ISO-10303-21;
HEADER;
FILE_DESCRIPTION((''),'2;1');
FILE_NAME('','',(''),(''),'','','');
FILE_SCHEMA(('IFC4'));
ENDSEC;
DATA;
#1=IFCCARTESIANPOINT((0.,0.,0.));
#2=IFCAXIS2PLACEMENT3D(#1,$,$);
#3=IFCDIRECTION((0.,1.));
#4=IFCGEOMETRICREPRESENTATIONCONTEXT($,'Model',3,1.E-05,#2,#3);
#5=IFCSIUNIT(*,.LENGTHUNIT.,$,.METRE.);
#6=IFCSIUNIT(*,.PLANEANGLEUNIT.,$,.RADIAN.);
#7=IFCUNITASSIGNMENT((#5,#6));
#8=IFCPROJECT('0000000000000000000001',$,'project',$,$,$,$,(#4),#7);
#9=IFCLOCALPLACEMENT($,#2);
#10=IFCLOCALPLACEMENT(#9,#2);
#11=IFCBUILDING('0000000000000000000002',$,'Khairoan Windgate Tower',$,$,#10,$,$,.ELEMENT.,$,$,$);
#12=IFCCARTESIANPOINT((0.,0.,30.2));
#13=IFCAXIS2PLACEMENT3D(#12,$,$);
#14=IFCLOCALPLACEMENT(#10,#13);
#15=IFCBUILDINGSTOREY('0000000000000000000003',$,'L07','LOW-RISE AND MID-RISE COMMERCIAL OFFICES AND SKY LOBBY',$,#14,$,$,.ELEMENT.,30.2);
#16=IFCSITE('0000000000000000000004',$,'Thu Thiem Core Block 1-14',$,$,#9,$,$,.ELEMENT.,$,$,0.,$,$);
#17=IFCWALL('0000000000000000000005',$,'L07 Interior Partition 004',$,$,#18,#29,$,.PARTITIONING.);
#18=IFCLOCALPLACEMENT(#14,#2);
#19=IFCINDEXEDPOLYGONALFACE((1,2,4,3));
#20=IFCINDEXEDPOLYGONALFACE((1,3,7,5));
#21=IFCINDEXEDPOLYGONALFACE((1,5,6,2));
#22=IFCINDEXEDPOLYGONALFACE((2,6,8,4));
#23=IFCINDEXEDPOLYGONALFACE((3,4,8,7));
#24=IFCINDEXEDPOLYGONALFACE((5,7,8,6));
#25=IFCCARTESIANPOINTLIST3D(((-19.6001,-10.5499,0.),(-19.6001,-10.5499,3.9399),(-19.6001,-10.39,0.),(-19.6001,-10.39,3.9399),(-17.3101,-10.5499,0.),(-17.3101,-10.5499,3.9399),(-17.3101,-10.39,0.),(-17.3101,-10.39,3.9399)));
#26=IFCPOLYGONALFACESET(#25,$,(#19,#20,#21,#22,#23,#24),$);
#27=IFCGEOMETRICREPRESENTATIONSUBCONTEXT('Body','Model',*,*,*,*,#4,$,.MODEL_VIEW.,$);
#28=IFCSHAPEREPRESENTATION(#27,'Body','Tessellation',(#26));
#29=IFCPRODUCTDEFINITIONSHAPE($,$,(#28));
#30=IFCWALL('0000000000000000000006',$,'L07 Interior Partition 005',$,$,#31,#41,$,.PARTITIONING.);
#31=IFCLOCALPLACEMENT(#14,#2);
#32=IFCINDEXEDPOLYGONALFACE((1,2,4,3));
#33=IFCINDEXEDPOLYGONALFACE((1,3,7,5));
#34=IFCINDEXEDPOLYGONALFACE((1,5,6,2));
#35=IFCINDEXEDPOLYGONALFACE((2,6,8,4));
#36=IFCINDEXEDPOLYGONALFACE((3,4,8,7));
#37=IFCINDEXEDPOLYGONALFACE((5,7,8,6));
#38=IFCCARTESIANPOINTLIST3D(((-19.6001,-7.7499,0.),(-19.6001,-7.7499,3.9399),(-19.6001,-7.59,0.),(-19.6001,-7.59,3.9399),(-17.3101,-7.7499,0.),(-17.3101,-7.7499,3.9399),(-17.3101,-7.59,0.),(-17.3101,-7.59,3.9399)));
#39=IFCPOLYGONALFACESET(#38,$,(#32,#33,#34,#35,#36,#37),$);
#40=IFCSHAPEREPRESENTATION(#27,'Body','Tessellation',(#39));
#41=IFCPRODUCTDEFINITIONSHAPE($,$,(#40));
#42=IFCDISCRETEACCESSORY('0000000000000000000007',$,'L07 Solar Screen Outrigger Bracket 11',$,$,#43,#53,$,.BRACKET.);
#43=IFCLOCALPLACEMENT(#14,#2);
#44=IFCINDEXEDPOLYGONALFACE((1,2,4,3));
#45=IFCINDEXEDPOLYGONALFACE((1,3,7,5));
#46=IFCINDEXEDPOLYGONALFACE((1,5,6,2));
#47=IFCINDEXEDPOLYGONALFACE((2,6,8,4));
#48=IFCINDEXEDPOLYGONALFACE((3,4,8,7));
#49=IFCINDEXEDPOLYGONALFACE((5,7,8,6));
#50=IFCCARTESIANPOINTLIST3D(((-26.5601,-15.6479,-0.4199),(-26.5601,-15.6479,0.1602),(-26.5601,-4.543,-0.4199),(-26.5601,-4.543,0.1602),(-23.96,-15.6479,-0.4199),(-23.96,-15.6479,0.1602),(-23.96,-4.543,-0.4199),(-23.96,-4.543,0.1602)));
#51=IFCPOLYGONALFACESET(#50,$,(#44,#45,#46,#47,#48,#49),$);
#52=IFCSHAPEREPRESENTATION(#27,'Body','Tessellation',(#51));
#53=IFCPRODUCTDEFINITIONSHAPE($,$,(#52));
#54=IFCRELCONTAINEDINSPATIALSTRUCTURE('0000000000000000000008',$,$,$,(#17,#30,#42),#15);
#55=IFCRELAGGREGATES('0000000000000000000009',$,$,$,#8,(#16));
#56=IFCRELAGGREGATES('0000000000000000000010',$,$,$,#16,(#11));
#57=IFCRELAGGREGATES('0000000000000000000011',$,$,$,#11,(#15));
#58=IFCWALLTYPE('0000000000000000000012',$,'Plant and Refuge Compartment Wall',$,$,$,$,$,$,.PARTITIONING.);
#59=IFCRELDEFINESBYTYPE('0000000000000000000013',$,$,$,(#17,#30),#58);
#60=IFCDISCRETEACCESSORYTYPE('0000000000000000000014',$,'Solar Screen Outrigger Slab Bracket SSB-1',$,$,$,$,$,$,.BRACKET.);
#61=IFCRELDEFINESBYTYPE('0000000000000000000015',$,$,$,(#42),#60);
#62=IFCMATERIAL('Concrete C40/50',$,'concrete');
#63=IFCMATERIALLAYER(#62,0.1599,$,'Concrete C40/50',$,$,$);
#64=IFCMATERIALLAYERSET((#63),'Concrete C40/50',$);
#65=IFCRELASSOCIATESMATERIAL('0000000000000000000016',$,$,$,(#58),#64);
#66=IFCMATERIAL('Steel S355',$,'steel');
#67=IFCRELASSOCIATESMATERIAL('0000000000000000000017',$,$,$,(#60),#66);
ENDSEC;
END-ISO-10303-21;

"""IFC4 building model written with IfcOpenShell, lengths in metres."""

from ifc_helpers import new_model, si_unit, direction, frame, frame_2d, origin, origin_2d, place, context, subcontext, project, spatial, rectangle, extrude, material, layer, layer_set, type_object, element, save


model = new_model("IFC4")

# Units and contexts
model_context = context("Model", 3, precision=1e-05, world=origin(), true_north=direction((0.0, 1.0)))
body_context = subcontext(model_context, "Body", "Model", "MODEL_VIEW")
ifc_project = project(units=[si_unit("LENGTHUNIT", "METRE"), si_unit("PLANEANGLEUNIT", "RADIAN")], contexts=[model_context])

# Site, building, storey
site_placement = place(None, origin())
site = spatial("IfcSite", under=ifc_project, at=site_placement, Name="Thu Thiem Core Block 1-14", CompositionType="ELEMENT", RefElevation=0.0)
building_placement = place(site_placement, origin())
building = spatial("IfcBuilding", under=site, at=building_placement, Name="Khairoan Windgate Tower", CompositionType="ELEMENT")
storey_placement = place(building_placement, frame((0.0, 0.0, 30.2)))
storey = spatial("IfcBuildingStorey", under=building, at=storey_placement, Name="L07", Description="LOW-RISE AND MID-RISE COMMERCIAL OFFICES AND SKY LOBBY", CompositionType="ELEMENT", Elevation=30.2)

# Shared definitions
ifc_material_1 = material(Name="Concrete C40/50", Category="concrete")
ifc_layer_1 = layer(ifc_material_1, 0.1599, Name="Concrete C40/50")
ifc_layer_set_1 = layer_set([ifc_layer_1], Name="Concrete C40/50")
wall_type_1 = type_object("IfcWallType", Name="Plant and Refuge Compartment Wall", PredefinedType="PARTITIONING", material=ifc_layer_set_1)

# Walls
for number, where, z_axis, x_axis, name in (
    (1, (-19.6001, -10.47, 0.0), (0.0, 0.0, 1.0), (1.0, 0.0, 0.0), "L07 Interior Partition 004"),
    (2, (-19.6001, -7.6699, 0.0), (0.0, 0.0, 1.0), (1.0, 0.0, 0.0), "L07 Interior Partition 005"),
):
    element("IfcWall", number, at=place(storey_placement, frame(where, z_axis=z_axis, x_axis=x_axis)), inside=storey, type_object=wall_type_1, Name=name, PredefinedType="PARTITIONING", context=body_context, shape_type="SweptSolid", body=[
        extrude(rectangle(XDim=2.29, YDim=0.1599, at=frame_2d((1.145, 0.0))), origin(), (0.0, 0.0, 1.0), 3.9399),
    ])

# Discrete accessory
ifc_material_2 = material(Name="Steel S355", Category="steel")
discrete_accessory_type = type_object("IfcDiscreteAccessoryType", Name="Solar Screen Outrigger Slab Bracket SSB-1", PredefinedType="BRACKET", material=ifc_material_2)
discrete_accessory_placement = place(storey_placement, frame((-25.26, -10.0955, -0.4199), z_axis=(0.0, 0.0, 1.0), x_axis=(0.0, 1.0, 0.0)))
element("IfcDiscreteAccessory", 3, at=discrete_accessory_placement, inside=storey, type_object=discrete_accessory_type, Name="L07 Solar Screen Outrigger Bracket 11", PredefinedType="BRACKET", context=body_context, shape_type="SweptSolid", body=[
    extrude(rectangle(XDim=11.105, YDim=2.6001, at=origin_2d()), origin(), (0.0, 0.0, 1.0), 0.5801),
])

save(model, "model.ifc")
